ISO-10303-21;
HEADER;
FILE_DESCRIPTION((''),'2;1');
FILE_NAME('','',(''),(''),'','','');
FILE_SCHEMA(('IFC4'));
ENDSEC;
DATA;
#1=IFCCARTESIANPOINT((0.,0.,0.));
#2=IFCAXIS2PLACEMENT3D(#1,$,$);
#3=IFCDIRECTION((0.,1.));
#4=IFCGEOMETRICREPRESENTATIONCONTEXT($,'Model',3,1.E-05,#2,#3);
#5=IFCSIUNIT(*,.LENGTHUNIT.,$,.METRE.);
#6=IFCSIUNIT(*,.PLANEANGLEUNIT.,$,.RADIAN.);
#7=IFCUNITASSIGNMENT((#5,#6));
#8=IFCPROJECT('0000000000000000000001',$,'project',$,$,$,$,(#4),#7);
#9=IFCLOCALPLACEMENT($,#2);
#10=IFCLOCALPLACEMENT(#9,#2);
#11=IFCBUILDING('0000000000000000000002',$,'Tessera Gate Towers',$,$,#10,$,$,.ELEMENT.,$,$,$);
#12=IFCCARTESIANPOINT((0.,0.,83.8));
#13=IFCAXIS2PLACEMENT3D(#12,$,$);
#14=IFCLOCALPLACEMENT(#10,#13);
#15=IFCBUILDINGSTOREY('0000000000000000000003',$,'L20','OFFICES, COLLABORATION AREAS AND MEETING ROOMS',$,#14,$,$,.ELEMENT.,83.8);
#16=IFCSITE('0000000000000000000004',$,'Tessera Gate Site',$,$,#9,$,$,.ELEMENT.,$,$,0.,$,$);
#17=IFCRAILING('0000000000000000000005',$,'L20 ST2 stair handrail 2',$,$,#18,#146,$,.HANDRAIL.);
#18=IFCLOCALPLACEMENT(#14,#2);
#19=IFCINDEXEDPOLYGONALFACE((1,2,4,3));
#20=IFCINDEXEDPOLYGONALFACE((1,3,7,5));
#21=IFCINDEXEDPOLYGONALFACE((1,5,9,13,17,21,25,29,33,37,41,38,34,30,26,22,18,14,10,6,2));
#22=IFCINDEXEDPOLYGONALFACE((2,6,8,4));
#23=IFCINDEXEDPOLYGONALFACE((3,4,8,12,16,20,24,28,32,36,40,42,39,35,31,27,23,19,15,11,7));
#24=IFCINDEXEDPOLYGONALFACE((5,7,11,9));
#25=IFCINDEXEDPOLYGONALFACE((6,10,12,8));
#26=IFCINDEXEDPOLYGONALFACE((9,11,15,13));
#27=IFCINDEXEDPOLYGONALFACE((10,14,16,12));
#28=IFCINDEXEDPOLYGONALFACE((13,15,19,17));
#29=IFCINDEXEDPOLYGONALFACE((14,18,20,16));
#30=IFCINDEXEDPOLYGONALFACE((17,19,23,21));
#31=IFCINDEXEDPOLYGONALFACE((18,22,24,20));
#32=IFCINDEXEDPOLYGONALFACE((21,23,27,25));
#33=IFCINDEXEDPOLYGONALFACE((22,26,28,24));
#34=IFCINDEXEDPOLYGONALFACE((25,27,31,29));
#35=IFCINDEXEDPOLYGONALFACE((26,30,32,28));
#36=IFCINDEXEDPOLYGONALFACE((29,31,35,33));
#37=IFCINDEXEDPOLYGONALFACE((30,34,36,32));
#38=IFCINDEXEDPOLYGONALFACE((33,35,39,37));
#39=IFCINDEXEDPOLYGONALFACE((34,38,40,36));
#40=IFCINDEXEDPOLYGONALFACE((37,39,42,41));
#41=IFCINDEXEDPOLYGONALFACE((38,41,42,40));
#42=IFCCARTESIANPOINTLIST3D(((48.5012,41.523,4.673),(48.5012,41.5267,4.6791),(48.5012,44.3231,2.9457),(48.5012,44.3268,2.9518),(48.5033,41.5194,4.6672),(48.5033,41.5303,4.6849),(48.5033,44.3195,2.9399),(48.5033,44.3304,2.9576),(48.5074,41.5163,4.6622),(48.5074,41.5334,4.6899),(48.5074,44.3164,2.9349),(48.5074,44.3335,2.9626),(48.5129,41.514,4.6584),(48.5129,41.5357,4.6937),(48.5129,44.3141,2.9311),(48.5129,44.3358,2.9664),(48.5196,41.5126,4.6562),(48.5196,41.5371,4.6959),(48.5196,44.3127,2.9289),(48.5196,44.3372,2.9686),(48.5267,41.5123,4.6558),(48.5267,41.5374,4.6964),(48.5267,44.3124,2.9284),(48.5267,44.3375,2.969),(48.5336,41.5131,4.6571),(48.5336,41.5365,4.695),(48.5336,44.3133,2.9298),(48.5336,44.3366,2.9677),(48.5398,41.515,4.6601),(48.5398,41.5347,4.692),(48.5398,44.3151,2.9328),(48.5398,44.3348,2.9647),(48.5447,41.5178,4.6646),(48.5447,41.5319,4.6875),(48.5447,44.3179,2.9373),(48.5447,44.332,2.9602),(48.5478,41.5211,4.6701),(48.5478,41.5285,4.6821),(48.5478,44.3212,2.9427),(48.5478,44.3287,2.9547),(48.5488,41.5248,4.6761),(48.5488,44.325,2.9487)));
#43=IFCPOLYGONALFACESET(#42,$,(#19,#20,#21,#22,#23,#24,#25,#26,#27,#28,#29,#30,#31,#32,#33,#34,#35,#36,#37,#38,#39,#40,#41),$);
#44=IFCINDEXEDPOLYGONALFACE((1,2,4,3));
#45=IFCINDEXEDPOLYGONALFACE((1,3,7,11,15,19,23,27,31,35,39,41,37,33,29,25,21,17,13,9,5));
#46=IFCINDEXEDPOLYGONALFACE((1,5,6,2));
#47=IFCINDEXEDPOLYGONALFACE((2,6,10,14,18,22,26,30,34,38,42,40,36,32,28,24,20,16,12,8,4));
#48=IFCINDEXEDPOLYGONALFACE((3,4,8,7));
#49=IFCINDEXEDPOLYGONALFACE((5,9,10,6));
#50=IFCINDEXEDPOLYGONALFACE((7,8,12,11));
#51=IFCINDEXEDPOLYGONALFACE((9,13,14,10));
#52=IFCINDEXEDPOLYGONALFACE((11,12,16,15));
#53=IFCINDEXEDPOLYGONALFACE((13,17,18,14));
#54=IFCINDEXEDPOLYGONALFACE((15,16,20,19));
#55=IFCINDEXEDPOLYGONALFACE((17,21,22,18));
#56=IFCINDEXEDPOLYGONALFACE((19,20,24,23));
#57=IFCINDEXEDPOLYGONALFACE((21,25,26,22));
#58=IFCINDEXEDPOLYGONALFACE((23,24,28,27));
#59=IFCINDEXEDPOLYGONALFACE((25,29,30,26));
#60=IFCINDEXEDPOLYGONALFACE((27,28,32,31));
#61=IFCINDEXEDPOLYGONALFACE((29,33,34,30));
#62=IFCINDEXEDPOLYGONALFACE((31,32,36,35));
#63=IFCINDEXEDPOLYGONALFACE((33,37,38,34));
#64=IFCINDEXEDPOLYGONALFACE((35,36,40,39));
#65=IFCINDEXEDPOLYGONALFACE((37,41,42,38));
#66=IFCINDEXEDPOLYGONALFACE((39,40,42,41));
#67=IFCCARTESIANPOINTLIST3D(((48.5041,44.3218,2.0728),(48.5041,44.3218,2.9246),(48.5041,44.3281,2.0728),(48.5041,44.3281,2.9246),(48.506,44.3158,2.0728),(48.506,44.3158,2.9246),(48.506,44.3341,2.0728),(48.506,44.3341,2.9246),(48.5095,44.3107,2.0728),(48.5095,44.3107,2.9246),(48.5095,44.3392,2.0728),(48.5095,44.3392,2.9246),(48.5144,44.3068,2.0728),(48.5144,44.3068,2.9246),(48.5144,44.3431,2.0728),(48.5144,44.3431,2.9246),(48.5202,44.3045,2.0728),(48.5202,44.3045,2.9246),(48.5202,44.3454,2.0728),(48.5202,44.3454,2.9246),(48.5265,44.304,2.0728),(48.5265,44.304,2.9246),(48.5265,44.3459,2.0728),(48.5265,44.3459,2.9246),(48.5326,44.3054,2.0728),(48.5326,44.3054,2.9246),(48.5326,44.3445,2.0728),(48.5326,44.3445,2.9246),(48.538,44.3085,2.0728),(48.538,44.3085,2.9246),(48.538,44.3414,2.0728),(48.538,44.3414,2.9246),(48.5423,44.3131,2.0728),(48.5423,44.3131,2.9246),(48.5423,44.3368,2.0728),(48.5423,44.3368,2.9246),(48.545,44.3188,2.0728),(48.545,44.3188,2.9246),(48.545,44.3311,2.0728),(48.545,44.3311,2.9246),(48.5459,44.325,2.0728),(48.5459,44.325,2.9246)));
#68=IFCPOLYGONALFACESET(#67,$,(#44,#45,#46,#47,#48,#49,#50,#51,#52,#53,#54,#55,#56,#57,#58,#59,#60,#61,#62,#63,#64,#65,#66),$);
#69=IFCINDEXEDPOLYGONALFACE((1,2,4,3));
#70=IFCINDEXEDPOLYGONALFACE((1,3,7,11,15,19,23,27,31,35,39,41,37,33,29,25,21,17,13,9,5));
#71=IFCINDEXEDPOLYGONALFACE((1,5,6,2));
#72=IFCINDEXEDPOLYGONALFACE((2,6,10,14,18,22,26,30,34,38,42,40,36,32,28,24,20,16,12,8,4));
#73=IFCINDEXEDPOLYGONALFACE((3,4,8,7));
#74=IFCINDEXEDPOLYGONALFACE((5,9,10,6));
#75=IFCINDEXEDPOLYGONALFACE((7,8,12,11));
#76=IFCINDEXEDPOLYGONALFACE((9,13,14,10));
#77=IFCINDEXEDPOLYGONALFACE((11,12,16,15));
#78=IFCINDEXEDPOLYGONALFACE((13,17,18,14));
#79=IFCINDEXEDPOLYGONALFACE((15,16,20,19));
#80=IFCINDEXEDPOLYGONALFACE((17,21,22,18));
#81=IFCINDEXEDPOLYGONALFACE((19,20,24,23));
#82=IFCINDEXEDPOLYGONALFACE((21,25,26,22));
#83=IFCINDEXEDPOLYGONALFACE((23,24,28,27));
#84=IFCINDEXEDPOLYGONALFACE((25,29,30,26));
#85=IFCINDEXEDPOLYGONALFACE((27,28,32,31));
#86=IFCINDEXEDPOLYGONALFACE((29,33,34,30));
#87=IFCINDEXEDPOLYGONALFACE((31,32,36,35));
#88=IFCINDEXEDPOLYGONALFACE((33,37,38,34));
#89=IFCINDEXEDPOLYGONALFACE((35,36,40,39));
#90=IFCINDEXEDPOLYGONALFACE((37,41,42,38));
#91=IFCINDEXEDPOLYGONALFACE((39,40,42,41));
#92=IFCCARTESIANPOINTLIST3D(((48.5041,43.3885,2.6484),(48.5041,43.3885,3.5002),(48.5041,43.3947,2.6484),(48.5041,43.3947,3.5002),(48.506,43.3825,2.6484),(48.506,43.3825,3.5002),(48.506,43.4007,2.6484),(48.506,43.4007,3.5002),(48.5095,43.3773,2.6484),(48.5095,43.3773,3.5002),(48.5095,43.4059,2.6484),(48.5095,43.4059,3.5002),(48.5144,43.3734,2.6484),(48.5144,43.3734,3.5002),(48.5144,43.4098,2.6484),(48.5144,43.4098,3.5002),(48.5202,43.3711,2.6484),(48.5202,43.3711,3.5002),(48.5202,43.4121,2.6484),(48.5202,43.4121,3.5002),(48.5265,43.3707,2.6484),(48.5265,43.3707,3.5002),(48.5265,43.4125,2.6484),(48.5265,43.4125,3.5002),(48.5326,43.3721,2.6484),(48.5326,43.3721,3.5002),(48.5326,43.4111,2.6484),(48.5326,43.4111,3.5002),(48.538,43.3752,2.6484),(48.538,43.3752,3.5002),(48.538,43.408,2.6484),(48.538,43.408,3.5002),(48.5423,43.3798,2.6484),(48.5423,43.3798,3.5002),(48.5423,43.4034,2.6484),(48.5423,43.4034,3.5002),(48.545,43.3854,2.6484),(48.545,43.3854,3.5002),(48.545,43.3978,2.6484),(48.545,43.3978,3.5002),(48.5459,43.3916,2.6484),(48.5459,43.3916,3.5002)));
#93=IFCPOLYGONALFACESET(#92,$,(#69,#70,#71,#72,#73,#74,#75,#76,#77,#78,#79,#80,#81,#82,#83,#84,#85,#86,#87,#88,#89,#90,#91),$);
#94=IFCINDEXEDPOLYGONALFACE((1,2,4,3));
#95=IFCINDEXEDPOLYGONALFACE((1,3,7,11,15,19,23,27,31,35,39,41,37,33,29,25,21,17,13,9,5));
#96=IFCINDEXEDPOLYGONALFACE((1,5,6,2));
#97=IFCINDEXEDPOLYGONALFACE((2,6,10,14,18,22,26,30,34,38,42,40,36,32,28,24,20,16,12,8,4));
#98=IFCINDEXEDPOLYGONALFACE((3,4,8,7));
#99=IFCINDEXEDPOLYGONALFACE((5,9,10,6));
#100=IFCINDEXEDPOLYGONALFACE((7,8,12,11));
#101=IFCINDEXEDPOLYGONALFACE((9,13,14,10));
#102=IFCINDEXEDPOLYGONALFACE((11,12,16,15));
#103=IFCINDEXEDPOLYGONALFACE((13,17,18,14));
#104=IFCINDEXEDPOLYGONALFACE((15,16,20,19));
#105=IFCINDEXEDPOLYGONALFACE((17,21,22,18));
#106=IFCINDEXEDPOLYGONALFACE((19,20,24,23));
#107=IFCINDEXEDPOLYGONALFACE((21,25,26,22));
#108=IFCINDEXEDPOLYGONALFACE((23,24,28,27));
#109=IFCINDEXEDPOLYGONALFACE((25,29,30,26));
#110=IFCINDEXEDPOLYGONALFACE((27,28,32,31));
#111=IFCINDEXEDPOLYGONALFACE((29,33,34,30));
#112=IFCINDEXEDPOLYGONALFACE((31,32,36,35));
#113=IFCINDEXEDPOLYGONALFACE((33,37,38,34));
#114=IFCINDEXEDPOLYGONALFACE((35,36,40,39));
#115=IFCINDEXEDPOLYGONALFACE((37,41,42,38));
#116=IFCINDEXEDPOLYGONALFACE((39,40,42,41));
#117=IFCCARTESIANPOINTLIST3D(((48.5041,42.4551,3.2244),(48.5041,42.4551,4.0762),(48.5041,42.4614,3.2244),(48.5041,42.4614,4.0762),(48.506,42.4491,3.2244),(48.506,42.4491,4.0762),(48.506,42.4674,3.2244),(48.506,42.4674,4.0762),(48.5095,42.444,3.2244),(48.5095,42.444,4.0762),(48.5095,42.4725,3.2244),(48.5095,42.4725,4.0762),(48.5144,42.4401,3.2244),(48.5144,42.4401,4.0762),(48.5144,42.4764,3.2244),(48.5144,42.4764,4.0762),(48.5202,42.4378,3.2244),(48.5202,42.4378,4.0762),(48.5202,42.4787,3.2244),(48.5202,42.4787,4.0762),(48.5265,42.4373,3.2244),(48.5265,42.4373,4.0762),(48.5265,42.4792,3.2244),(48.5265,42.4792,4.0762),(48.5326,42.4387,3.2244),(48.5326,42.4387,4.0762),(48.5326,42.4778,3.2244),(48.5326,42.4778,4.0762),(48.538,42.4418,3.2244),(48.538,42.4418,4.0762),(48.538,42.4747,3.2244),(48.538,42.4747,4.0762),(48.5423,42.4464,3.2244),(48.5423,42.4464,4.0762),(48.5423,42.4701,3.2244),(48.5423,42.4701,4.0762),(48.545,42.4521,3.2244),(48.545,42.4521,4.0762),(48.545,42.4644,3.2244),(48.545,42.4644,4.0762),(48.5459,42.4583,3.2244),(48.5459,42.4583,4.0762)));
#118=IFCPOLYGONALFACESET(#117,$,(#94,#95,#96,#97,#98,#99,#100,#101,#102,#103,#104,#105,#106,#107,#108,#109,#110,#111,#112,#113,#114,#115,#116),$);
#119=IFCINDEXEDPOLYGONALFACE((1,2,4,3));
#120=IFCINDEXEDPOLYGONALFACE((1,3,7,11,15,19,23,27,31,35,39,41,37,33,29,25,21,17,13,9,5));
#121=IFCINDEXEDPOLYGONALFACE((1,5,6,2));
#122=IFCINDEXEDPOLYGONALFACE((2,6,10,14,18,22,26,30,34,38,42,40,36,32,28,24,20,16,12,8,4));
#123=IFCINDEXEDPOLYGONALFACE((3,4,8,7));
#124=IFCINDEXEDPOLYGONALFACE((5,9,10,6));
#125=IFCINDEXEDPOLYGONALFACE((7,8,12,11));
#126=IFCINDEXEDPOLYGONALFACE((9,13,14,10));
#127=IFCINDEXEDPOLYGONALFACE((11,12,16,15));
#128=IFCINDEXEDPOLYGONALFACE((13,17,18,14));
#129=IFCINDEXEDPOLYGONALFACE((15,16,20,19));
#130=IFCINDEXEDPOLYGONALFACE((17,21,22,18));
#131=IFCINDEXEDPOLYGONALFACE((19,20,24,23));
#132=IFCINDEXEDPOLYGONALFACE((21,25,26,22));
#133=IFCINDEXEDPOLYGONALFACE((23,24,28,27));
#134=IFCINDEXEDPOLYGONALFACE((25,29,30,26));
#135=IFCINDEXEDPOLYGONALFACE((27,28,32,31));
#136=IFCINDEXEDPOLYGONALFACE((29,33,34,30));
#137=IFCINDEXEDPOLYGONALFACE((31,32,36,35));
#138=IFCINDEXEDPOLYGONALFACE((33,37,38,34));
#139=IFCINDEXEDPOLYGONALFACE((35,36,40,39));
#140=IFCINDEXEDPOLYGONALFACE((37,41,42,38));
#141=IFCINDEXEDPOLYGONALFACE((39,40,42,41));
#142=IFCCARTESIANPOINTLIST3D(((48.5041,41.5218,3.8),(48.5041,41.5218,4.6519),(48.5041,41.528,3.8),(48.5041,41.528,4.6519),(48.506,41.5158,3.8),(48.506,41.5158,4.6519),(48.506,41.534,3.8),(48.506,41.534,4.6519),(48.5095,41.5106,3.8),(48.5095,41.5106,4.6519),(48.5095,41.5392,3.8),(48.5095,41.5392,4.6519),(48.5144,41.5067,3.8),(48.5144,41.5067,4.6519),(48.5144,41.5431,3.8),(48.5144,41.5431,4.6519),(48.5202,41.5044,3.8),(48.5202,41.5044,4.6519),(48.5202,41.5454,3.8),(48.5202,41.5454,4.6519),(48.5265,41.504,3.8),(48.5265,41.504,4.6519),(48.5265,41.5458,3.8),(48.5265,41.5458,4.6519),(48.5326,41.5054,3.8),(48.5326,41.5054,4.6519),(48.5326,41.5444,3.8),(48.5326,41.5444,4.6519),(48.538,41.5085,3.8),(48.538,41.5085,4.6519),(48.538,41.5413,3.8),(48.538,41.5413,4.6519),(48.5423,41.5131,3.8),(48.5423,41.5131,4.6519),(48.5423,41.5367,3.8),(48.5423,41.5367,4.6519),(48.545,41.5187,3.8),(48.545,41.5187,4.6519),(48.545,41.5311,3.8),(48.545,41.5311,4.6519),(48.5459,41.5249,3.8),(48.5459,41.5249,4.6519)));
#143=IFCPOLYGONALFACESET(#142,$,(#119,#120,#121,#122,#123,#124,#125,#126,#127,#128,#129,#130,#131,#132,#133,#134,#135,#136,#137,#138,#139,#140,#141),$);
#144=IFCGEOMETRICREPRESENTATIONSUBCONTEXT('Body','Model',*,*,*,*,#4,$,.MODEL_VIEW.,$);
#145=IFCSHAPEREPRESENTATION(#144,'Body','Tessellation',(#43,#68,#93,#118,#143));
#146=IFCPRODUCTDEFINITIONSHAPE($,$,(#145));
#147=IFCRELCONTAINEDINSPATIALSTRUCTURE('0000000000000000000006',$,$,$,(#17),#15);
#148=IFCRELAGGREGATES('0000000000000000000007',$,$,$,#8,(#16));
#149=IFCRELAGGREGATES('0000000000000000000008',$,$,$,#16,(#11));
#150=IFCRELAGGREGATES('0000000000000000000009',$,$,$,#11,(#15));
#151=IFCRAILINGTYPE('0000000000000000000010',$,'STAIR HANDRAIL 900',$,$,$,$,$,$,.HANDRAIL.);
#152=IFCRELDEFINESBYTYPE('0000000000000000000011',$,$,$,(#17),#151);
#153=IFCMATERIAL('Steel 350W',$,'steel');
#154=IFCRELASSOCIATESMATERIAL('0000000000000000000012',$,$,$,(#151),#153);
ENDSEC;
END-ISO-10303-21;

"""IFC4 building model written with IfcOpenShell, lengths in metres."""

from ifc_helpers import new_model, si_unit, direction, frame, origin, origin_2d, place, context, subcontext, project, spatial, circle, extrude, material, type_object, element, save


model = new_model("IFC4")

# Units and contexts
model_context = context("Model", 3, precision=1e-05, world=origin(), true_north=direction((0.0, 1.0)))
body_context = subcontext(model_context, "Body", "Model", "MODEL_VIEW")
ifc_project = project(units=[si_unit("LENGTHUNIT", "METRE"), si_unit("PLANEANGLEUNIT", "RADIAN")], contexts=[model_context])

# Site, building, storey
site_placement = place(None, origin())
site = spatial("IfcSite", under=ifc_project, at=site_placement, Name="Tessera Gate Site", CompositionType="ELEMENT", RefElevation=0.0)
building_placement = place(site_placement, origin())
building = spatial("IfcBuilding", under=site, at=building_placement, Name="Tessera Gate Towers", CompositionType="ELEMENT")
storey_placement = place(building_placement, frame((0.0, 0.0, 83.8)))
storey = spatial("IfcBuildingStorey", under=building, at=storey_placement, Name="L20", Description="OFFICES, COLLABORATION AREAS AND MEETING ROOMS", CompositionType="ELEMENT", Elevation=83.8)

# Railing
ifc_material_1 = material(Name="Steel 350W", Category="steel")
railing_type = type_object("IfcRailingType", Name="STAIR HANDRAIL 900", PredefinedType="HANDRAIL", material=ifc_material_1)
railing_placement = place(storey_placement, frame((48.5249, 44.325, 2.0728)))
element("IfcRailing", 1, at=railing_placement, inside=storey, type_object=railing_type, Name="L20 ST2 stair handrail 2", PredefinedType="HANDRAIL", context=body_context, shape_type="SweptSolid", body=[
    extrude(circle(Radius=0.0239, at=origin_2d()), frame((0.0, 0.0, 0.876), z_axis=(0.0, -0.85109, 0.52502), x_axis=(1.0, 0.0, 0.0)), (0.0, 0.0, 1.0), 3.29),
    extrude(circle(Radius=0.021, at=origin_2d()), origin(), (0.0, 0.0, 1.0), 0.8518),
    extrude(circle(Radius=0.021, at=origin_2d()), frame((0.0, -0.9333, 0.5757)), (0.0, 0.0, 1.0), 0.8518),
    extrude(circle(Radius=0.021, at=origin_2d()), frame((0.0, -1.8667, 1.1516)), (0.0, 0.0, 1.0), 0.8518),
    extrude(circle(Radius=0.021, at=origin_2d()), frame((0.0, -2.8, 1.7273)), (0.0, 0.0, 1.0), 0.8518),
])

save(model, "model.ifc")
